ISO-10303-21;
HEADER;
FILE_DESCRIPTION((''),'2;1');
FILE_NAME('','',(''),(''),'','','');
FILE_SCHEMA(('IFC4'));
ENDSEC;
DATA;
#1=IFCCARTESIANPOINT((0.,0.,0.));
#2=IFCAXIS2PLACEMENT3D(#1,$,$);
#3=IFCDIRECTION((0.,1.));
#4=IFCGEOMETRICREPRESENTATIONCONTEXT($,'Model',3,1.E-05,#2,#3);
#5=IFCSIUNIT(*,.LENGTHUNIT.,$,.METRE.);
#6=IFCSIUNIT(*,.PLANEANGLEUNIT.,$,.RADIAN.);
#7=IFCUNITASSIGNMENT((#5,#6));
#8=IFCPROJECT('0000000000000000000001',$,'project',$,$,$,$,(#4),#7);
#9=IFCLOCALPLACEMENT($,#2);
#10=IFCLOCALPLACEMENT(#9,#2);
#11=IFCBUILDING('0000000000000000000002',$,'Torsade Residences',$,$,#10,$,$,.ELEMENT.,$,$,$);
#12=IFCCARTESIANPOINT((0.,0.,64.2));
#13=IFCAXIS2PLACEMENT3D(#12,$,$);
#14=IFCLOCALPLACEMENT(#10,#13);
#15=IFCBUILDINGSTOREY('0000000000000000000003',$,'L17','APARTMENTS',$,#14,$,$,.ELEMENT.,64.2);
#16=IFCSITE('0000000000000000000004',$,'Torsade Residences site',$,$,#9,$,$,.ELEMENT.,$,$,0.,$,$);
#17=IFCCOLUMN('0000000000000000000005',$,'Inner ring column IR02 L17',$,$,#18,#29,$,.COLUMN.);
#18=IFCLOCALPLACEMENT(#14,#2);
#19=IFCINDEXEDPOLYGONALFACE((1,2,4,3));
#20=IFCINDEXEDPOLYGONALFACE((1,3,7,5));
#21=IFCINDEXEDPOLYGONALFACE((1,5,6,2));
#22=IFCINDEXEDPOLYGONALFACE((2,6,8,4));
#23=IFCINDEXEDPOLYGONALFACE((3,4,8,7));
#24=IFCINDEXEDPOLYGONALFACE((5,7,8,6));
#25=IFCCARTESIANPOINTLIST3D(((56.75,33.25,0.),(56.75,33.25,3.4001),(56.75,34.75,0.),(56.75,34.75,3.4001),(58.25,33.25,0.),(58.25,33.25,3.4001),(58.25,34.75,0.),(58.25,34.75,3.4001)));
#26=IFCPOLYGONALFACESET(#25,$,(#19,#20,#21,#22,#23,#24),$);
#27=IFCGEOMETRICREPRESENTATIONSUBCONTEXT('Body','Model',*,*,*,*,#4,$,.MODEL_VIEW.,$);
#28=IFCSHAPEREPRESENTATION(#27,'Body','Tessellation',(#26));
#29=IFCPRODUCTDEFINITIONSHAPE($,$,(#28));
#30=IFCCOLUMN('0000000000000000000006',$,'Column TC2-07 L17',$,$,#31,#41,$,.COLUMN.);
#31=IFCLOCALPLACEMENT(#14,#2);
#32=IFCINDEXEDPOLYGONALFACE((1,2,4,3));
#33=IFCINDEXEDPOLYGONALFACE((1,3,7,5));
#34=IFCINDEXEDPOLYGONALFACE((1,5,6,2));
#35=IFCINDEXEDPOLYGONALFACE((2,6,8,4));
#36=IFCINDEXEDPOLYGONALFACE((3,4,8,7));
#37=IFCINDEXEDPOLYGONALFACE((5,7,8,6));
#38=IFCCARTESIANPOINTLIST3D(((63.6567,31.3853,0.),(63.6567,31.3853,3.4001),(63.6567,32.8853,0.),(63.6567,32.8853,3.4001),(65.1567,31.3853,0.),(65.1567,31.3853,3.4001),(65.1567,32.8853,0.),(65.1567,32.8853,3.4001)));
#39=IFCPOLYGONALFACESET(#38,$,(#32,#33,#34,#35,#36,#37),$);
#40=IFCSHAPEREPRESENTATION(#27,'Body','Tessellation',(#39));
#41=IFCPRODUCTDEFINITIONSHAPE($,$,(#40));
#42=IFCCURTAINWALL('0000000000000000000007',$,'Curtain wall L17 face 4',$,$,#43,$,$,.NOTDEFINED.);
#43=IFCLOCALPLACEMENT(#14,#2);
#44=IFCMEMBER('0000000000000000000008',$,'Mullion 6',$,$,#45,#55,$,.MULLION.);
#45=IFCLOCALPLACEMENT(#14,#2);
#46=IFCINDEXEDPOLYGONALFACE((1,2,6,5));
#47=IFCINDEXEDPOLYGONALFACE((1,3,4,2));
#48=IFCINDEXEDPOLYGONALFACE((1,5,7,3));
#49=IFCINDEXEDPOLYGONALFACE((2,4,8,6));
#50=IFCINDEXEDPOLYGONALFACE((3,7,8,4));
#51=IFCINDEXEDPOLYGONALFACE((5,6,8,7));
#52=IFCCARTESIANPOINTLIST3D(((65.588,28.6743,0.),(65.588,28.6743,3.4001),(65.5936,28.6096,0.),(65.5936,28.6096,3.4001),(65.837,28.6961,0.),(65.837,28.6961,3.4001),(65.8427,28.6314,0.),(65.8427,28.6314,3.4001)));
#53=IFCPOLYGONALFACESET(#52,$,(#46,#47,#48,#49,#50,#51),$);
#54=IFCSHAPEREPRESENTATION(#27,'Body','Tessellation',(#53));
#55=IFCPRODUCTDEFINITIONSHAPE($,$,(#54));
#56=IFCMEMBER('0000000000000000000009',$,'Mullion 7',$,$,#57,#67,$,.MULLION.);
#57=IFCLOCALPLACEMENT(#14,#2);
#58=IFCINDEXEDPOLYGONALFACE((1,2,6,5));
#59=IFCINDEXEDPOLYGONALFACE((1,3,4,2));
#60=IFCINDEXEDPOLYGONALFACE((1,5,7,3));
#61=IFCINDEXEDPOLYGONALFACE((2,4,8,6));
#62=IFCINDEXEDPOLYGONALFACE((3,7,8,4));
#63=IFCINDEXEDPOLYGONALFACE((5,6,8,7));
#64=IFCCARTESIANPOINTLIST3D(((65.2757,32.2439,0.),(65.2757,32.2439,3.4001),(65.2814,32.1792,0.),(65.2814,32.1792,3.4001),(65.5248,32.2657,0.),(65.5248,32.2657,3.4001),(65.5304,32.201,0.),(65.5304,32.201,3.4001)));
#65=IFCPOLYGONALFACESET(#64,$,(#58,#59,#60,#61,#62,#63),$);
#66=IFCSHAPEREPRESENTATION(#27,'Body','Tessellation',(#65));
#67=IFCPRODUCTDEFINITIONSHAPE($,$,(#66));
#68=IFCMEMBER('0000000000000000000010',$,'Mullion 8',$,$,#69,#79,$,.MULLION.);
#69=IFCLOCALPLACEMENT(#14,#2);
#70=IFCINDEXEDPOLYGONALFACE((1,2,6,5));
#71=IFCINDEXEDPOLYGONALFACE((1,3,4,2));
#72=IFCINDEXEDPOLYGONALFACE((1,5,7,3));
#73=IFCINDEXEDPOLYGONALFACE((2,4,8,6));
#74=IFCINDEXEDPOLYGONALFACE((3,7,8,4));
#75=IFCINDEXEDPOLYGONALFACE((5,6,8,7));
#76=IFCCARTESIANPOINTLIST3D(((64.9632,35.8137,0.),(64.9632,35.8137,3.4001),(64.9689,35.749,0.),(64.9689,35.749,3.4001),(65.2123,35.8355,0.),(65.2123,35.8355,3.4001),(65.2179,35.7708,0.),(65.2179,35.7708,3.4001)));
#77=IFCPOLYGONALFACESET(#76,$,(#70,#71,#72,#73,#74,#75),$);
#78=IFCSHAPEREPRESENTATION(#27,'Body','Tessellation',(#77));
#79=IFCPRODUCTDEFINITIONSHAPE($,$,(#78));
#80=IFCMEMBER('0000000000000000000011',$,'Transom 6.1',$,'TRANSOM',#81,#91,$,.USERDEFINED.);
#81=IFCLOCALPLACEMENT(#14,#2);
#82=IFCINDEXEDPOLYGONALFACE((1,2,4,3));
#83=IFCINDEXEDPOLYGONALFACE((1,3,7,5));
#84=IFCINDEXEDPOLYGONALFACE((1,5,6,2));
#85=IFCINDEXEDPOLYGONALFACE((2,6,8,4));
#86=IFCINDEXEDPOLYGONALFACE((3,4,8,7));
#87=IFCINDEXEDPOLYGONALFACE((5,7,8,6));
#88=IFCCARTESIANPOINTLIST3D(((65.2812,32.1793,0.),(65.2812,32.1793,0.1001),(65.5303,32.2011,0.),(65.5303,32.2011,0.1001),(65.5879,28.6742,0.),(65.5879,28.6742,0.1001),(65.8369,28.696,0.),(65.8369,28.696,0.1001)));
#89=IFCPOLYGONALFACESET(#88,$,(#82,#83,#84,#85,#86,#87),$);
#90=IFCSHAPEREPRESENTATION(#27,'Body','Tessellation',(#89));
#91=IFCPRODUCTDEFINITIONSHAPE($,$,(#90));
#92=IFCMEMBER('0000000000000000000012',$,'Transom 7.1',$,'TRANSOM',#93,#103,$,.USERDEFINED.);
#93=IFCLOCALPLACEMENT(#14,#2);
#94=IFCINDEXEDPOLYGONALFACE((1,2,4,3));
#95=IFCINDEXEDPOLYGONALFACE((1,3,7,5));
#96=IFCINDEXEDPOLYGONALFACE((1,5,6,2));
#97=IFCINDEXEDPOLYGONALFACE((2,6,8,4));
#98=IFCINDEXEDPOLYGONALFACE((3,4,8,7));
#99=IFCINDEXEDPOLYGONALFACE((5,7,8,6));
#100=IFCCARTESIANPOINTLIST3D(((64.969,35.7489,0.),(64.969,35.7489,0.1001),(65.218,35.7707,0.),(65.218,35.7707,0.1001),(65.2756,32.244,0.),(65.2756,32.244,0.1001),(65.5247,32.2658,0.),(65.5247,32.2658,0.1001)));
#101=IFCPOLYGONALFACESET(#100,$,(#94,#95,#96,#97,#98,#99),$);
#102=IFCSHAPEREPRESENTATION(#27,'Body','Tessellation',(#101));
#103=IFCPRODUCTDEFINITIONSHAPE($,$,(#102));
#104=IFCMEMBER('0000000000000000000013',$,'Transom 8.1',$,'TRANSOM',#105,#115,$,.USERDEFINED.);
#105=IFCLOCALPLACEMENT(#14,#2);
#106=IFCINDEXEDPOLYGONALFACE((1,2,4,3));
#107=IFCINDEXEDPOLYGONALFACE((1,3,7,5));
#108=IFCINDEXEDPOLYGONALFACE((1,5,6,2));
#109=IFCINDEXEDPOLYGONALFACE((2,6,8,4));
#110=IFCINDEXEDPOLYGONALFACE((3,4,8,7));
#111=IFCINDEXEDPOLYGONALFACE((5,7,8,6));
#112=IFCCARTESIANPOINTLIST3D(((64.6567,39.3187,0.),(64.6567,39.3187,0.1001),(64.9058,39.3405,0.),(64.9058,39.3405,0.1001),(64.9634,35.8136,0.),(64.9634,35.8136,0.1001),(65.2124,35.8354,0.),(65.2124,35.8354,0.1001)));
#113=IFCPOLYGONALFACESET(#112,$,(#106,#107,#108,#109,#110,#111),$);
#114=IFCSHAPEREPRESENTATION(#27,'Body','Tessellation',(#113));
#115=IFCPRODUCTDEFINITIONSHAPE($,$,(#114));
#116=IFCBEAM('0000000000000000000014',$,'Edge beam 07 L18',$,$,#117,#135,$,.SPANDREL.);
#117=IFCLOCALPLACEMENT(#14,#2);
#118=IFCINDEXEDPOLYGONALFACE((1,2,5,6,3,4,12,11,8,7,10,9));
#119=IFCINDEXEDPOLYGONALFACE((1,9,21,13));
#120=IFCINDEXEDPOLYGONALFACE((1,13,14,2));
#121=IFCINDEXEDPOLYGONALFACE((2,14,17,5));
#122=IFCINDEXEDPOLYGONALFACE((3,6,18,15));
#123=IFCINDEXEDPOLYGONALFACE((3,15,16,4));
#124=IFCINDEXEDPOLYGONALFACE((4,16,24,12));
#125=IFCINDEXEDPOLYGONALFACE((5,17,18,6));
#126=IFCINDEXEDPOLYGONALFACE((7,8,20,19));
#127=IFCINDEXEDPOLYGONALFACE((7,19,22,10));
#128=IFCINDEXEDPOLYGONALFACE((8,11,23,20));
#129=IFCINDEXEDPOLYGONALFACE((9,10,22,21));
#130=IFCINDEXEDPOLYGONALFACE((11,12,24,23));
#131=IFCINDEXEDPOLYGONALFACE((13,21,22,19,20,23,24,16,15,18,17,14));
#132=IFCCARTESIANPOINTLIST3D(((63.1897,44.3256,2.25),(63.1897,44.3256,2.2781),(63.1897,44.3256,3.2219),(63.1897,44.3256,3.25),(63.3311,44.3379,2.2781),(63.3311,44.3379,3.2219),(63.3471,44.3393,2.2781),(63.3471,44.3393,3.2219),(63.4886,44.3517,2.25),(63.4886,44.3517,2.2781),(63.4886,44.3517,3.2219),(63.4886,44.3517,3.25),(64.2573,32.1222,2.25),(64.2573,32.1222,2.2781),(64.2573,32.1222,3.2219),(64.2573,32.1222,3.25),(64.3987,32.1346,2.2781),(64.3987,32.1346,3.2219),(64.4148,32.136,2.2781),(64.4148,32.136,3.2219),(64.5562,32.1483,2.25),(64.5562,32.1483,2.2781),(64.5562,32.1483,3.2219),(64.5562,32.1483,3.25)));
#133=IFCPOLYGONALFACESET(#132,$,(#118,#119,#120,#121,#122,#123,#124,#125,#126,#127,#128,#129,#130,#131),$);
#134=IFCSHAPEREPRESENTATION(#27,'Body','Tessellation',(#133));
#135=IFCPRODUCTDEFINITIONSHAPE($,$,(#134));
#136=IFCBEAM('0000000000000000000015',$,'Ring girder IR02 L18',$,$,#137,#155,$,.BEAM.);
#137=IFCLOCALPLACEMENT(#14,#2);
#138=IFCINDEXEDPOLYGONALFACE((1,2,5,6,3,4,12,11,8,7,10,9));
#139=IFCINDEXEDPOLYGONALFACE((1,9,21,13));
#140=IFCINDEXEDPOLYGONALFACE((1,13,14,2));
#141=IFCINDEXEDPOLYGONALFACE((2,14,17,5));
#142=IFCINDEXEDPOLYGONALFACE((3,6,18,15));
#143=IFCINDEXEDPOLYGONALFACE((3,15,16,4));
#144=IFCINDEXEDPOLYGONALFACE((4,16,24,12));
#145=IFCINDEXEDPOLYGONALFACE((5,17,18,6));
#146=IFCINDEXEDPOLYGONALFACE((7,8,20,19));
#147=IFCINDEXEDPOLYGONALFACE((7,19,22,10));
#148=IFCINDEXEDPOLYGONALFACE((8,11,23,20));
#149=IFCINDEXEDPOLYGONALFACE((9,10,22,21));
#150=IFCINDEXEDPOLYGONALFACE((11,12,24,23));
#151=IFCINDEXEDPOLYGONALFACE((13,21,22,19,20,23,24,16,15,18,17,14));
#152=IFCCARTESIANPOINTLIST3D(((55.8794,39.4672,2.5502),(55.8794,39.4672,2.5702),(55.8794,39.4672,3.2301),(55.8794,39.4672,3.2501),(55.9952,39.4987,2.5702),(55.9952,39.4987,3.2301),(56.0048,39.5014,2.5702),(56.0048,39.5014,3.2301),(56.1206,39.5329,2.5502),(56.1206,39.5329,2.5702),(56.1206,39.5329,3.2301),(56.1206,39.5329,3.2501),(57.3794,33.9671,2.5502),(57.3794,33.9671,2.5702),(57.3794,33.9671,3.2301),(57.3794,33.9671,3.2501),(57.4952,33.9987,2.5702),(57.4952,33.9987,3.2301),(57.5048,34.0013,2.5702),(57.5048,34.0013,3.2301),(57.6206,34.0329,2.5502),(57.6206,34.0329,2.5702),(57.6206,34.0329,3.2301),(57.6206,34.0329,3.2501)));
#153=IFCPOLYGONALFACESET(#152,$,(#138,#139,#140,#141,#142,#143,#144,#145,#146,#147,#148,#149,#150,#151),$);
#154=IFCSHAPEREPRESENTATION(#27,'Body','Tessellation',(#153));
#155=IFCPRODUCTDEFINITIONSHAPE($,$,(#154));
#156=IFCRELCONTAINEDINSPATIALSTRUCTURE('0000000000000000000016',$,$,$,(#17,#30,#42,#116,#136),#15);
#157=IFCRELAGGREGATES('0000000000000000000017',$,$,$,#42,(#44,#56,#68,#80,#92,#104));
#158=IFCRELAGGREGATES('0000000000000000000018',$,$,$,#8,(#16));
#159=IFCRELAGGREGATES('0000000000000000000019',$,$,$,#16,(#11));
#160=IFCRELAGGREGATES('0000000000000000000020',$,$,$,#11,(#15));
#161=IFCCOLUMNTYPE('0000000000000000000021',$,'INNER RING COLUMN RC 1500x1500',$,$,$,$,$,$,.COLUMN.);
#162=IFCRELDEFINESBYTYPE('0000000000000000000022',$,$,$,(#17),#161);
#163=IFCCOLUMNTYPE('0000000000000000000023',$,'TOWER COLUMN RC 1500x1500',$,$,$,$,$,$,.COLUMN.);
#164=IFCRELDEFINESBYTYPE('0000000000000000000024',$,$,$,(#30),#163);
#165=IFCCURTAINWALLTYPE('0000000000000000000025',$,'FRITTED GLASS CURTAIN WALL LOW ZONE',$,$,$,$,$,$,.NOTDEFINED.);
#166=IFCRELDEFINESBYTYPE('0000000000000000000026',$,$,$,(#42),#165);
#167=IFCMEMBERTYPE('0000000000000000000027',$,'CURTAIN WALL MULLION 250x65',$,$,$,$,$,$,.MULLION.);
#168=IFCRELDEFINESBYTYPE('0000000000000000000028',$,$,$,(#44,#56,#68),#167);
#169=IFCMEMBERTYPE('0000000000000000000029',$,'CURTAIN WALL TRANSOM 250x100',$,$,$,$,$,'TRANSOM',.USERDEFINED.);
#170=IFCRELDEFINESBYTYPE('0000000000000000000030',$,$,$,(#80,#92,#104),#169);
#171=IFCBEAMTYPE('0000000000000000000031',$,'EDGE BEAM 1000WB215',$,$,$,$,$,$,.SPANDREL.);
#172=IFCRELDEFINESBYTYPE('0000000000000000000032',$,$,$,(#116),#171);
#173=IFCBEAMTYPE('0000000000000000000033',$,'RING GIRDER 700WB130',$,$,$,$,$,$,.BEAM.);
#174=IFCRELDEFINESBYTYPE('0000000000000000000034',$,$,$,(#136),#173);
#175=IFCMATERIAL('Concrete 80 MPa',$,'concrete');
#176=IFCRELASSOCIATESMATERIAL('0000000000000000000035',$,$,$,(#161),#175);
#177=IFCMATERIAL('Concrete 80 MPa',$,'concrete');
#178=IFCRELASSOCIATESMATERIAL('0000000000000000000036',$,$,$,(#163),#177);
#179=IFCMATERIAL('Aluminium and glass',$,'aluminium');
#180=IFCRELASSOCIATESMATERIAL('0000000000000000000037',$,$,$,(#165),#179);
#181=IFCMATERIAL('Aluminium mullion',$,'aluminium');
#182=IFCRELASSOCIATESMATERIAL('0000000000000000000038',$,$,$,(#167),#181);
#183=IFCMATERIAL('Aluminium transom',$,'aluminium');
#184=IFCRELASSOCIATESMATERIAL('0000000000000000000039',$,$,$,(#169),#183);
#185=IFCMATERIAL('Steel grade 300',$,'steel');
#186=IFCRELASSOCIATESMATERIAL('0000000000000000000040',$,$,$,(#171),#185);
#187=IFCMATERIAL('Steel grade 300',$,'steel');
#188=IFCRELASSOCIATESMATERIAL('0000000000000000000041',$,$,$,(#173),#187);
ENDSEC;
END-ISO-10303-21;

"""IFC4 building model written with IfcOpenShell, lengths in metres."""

from ifc_helpers import new_model, si_unit, direction, frame, origin, origin_2d, place, context, subcontext, project, spatial, rectangle, i_section, extrude, material, material_profile, profile_set, type_object, element, aggregate, save


model = new_model("IFC4")

# Units and contexts
model_context = context("Model", 3, precision=1e-05, world=origin(), true_north=direction((0.0, 1.0)))
body_context = subcontext(model_context, "Body", "Model", "MODEL_VIEW")
ifc_project = project(units=[si_unit("LENGTHUNIT", "METRE"), si_unit("PLANEANGLEUNIT", "RADIAN")], contexts=[model_context])

# Site, building, storey
site_placement = place(None, origin())
site = spatial("IfcSite", under=ifc_project, at=site_placement, Name="Torsade Residences site", CompositionType="ELEMENT", RefElevation=0.0)
building_placement = place(site_placement, origin())
building = spatial("IfcBuilding", under=site, at=building_placement, Name="Torsade Residences", CompositionType="ELEMENT")
storey_placement = place(building_placement, frame((0.0, 0.0, 64.2)))
storey = spatial("IfcBuildingStorey", under=building, at=storey_placement, Name="L17", Description="APARTMENTS", CompositionType="ELEMENT", Elevation=64.2)

# Columns
ifc_material_1 = material(Name="Concrete 80 MPa", Category="concrete")
ifc_material_profile_1 = material_profile(ifc_material_1, rectangle(XDim=1.5, YDim=1.5, at=origin_2d()), Name="RC 1500x1500")
ifc_profile_set_1 = profile_set([ifc_material_profile_1], Name="Concrete 80 MPa")
column_type_1 = type_object("IfcColumnType", Name="INNER RING COLUMN RC 1500x1500", PredefinedType="COLUMN", material=ifc_profile_set_1)
column_1_placement = place(storey_placement, frame((57.5, 34.0, 0.0), z_axis=(0.0, 0.0, 1.0), x_axis=(1.0, 0.0, 0.0)))
element("IfcColumn", 1, at=column_1_placement, inside=storey, type_object=column_type_1, Name="Inner ring column IR02 L17", PredefinedType="COLUMN", context=body_context, shape_type="SweptSolid", body=[
    extrude(rectangle(XDim=1.5, YDim=1.5, at=origin_2d()), origin(), (0.0, 0.0, 1.0), 3.4001),
])
ifc_material_2 = material(Name="Concrete 80 MPa", Category="concrete")
ifc_material_profile_2 = material_profile(ifc_material_2, rectangle(XDim=1.5, YDim=1.5, at=origin_2d()), Name="RC 1500x1500")
ifc_profile_set_2 = profile_set([ifc_material_profile_2], Name="Concrete 80 MPa")
column_type_2 = type_object("IfcColumnType", Name="TOWER COLUMN RC 1500x1500", PredefinedType="COLUMN", material=ifc_profile_set_2)
column_2_placement = place(storey_placement, frame((64.4067, 32.1353, 0.0), z_axis=(0.0, 0.0, 1.0), x_axis=(1.0, 0.0, 0.0)))
element("IfcColumn", 2, at=column_2_placement, inside=storey, type_object=column_type_2, Name="Column TC2-07 L17", PredefinedType="COLUMN", context=body_context, shape_type="SweptSolid", body=[
    extrude(rectangle(XDim=1.5, YDim=1.5, at=origin_2d()), origin(), (0.0, 0.0, 1.0), 3.4001),
])

# Curtain wall, members
ifc_material_3 = material(Name="Aluminium and glass", Category="aluminium")
curtain_wall_type = type_object("IfcCurtainWallType", Name="FRITTED GLASS CURTAIN WALL LOW ZONE", PredefinedType="NOTDEFINED", material=ifc_material_3)
curtain_wall_placement = place(storey_placement, origin())
curtain_wall = element("IfcCurtainWall", 3, at=curtain_wall_placement, inside=storey, type_object=curtain_wall_type, Name="Curtain wall L17 face 4", PredefinedType="NOTDEFINED")
ifc_material_4 = material(Name="Aluminium mullion", Category="aluminium")
ifc_material_profile_3 = material_profile(ifc_material_4, rectangle(XDim=0.25, YDim=0.0649, at=origin_2d()), Name="CURTAIN WALL MULLION 250x65")
ifc_profile_set_3 = profile_set([ifc_material_profile_3], Name="Aluminium mullion")
member_type_1 = type_object("IfcMemberType", Name="CURTAIN WALL MULLION 250x65", PredefinedType="MULLION", material=ifc_profile_set_3)
member_1_placement = place(storey_placement, frame((65.7153, 28.6528, 0.0), z_axis=(0.0, 0.0, 1.0), x_axis=(-0.996195, -0.087156, 0.0)))
member_1 = element("IfcMember", 4, at=member_1_placement, type_object=member_type_1, Name="Mullion 6", PredefinedType="MULLION", context=body_context, shape_type="SweptSolid", body=[
    extrude(rectangle(XDim=0.25, YDim=0.0649, at=origin_2d()), origin(), (0.0, 0.0, 1.0), 3.4001),
])
member_2_placement = place(storey_placement, frame((65.4031, 32.2224, 0.0), z_axis=(0.0, 0.0, 1.0), x_axis=(-0.996195, -0.087156, 0.0)))
member_2 = element("IfcMember", 5, at=member_2_placement, type_object=member_type_1, Name="Mullion 7", PredefinedType="MULLION", context=body_context, shape_type="SweptSolid", body=[
    extrude(rectangle(XDim=0.25, YDim=0.0649, at=origin_2d()), origin(), (0.0, 0.0, 1.0), 3.4001),
])
member_3_placement = place(storey_placement, frame((65.0906, 35.7922, 0.0), z_axis=(0.0, 0.0, 1.0), x_axis=(-0.996195, -0.087156, 0.0)))
member_3 = element("IfcMember", 6, at=member_3_placement, type_object=member_type_1, Name="Mullion 8", PredefinedType="MULLION", context=body_context, shape_type="SweptSolid", body=[
    extrude(rectangle(XDim=0.25, YDim=0.0649, at=origin_2d()), origin(), (0.0, 0.0, 1.0), 3.4001),
])
ifc_material_5 = material(Name="Aluminium transom", Category="aluminium")
ifc_material_profile_4 = material_profile(ifc_material_5, rectangle(XDim=0.25, YDim=0.1001, at=origin_2d()), Name="CURTAIN WALL TRANSOM 250x100")
ifc_profile_set_4 = profile_set([ifc_material_profile_4], Name="Aluminium transom")
member_type_2 = type_object("IfcMemberType", Name="CURTAIN WALL TRANSOM 250x100", ElementType="TRANSOM", PredefinedType="USERDEFINED", material=ifc_profile_set_4)
member_4_placement = place(storey_placement, frame((65.7124, 28.6851, 0.05), z_axis=(-0.087151, 0.996195, 0.0), x_axis=(-0.996195, -0.087151, 0.0)))
member_4 = element("IfcMember", 7, at=member_4_placement, type_object=member_type_2, Name="Transom 6.1", ObjectType="TRANSOM", PredefinedType="USERDEFINED", context=body_context, shape_type="SweptSolid", body=[
    extrude(rectangle(XDim=0.25, YDim=0.1001, at=origin_2d()), origin(), (0.0, 0.0, 1.0), 3.5186),
])
member_5_placement = place(storey_placement, frame((65.4001, 32.2549, 0.05), z_axis=(-0.087157, 0.996195, 0.0), x_axis=(-0.996195, -0.087157, 0.0)))
member_5 = element("IfcMember", 8, at=member_5_placement, type_object=member_type_2, Name="Transom 7.1", ObjectType="TRANSOM", PredefinedType="USERDEFINED", context=body_context, shape_type="SweptSolid", body=[
    extrude(rectangle(XDim=0.25, YDim=0.1001, at=origin_2d()), origin(), (0.0, 0.0, 1.0), 3.5183),
])
member_6_placement = place(storey_placement, frame((65.0879, 35.8245, 0.05), z_axis=(-0.087151, 0.996195, 0.0), x_axis=(-0.996195, -0.087151, 0.0)))
member_6 = element("IfcMember", 9, at=member_6_placement, type_object=member_type_2, Name="Transom 8.1", ObjectType="TRANSOM", PredefinedType="USERDEFINED", context=body_context, shape_type="SweptSolid", body=[
    extrude(rectangle(XDim=0.25, YDim=0.1001, at=origin_2d()), origin(), (0.0, 0.0, 1.0), 3.5186),
])

# Beams
ifc_material_6 = material(Name="Steel grade 300", Category="steel")
ifc_material_profile_5 = material_profile(ifc_material_6, i_section(OverallWidth=0.3, OverallDepth=1.0, WebThickness=0.0161, FlangeThickness=0.0281, at=origin_2d()), Name="1000WB215")
ifc_profile_set_5 = profile_set([ifc_material_profile_5], Name="Steel grade 300")
beam_type_1 = type_object("IfcBeamType", Name="EDGE BEAM 1000WB215", PredefinedType="SPANDREL", material=ifc_profile_set_5)
beam_1_placement = place(storey_placement, frame((64.4067, 32.1353, 2.75), z_axis=(-0.087153, 0.996195, 0.0), x_axis=(-0.996195, -0.087153, 0.0)))
element("IfcBeam", 10, at=beam_1_placement, inside=storey, type_object=beam_type_1, Name="Edge beam 07 L18", PredefinedType="SPANDREL", context=body_context, shape_type="SweptSolid", body=[
    extrude(i_section(OverallWidth=0.3, OverallDepth=1.0, WebThickness=0.0161, FlangeThickness=0.0281, at=origin_2d()), origin(), (0.0, 0.0, 1.0), 12.25),
])
ifc_material_7 = material(Name="Steel grade 300", Category="steel")
ifc_material_profile_6 = material_profile(ifc_material_7, i_section(OverallWidth=0.25, OverallDepth=0.7, WebThickness=0.01, FlangeThickness=0.02, at=origin_2d()), Name="700WB130")
ifc_profile_set_6 = profile_set([ifc_material_profile_6], Name="Steel grade 300")
beam_type_2 = type_object("IfcBeamType", Name="RING GIRDER 700WB130", PredefinedType="BEAM", material=ifc_profile_set_6)
beam_2_placement = place(storey_placement, frame((57.5, 34.0, 2.9001), z_axis=(-0.263117, 0.964764, 0.0), x_axis=(-0.964764, -0.263117, 0.0)))
element("IfcBeam", 11, at=beam_2_placement, inside=storey, type_object=beam_type_2, Name="Ring girder IR02 L18", PredefinedType="BEAM", context=body_context, shape_type="SweptSolid", body=[
    extrude(i_section(OverallWidth=0.25, OverallDepth=0.7, WebThickness=0.01, FlangeThickness=0.02, at=origin_2d()), origin(), (0.0, 0.0, 1.0), 5.7009),
])

aggregate(curtain_wall, [member_1, member_2, member_3, member_4, member_5, member_6])

save(model, "model.ifc")
